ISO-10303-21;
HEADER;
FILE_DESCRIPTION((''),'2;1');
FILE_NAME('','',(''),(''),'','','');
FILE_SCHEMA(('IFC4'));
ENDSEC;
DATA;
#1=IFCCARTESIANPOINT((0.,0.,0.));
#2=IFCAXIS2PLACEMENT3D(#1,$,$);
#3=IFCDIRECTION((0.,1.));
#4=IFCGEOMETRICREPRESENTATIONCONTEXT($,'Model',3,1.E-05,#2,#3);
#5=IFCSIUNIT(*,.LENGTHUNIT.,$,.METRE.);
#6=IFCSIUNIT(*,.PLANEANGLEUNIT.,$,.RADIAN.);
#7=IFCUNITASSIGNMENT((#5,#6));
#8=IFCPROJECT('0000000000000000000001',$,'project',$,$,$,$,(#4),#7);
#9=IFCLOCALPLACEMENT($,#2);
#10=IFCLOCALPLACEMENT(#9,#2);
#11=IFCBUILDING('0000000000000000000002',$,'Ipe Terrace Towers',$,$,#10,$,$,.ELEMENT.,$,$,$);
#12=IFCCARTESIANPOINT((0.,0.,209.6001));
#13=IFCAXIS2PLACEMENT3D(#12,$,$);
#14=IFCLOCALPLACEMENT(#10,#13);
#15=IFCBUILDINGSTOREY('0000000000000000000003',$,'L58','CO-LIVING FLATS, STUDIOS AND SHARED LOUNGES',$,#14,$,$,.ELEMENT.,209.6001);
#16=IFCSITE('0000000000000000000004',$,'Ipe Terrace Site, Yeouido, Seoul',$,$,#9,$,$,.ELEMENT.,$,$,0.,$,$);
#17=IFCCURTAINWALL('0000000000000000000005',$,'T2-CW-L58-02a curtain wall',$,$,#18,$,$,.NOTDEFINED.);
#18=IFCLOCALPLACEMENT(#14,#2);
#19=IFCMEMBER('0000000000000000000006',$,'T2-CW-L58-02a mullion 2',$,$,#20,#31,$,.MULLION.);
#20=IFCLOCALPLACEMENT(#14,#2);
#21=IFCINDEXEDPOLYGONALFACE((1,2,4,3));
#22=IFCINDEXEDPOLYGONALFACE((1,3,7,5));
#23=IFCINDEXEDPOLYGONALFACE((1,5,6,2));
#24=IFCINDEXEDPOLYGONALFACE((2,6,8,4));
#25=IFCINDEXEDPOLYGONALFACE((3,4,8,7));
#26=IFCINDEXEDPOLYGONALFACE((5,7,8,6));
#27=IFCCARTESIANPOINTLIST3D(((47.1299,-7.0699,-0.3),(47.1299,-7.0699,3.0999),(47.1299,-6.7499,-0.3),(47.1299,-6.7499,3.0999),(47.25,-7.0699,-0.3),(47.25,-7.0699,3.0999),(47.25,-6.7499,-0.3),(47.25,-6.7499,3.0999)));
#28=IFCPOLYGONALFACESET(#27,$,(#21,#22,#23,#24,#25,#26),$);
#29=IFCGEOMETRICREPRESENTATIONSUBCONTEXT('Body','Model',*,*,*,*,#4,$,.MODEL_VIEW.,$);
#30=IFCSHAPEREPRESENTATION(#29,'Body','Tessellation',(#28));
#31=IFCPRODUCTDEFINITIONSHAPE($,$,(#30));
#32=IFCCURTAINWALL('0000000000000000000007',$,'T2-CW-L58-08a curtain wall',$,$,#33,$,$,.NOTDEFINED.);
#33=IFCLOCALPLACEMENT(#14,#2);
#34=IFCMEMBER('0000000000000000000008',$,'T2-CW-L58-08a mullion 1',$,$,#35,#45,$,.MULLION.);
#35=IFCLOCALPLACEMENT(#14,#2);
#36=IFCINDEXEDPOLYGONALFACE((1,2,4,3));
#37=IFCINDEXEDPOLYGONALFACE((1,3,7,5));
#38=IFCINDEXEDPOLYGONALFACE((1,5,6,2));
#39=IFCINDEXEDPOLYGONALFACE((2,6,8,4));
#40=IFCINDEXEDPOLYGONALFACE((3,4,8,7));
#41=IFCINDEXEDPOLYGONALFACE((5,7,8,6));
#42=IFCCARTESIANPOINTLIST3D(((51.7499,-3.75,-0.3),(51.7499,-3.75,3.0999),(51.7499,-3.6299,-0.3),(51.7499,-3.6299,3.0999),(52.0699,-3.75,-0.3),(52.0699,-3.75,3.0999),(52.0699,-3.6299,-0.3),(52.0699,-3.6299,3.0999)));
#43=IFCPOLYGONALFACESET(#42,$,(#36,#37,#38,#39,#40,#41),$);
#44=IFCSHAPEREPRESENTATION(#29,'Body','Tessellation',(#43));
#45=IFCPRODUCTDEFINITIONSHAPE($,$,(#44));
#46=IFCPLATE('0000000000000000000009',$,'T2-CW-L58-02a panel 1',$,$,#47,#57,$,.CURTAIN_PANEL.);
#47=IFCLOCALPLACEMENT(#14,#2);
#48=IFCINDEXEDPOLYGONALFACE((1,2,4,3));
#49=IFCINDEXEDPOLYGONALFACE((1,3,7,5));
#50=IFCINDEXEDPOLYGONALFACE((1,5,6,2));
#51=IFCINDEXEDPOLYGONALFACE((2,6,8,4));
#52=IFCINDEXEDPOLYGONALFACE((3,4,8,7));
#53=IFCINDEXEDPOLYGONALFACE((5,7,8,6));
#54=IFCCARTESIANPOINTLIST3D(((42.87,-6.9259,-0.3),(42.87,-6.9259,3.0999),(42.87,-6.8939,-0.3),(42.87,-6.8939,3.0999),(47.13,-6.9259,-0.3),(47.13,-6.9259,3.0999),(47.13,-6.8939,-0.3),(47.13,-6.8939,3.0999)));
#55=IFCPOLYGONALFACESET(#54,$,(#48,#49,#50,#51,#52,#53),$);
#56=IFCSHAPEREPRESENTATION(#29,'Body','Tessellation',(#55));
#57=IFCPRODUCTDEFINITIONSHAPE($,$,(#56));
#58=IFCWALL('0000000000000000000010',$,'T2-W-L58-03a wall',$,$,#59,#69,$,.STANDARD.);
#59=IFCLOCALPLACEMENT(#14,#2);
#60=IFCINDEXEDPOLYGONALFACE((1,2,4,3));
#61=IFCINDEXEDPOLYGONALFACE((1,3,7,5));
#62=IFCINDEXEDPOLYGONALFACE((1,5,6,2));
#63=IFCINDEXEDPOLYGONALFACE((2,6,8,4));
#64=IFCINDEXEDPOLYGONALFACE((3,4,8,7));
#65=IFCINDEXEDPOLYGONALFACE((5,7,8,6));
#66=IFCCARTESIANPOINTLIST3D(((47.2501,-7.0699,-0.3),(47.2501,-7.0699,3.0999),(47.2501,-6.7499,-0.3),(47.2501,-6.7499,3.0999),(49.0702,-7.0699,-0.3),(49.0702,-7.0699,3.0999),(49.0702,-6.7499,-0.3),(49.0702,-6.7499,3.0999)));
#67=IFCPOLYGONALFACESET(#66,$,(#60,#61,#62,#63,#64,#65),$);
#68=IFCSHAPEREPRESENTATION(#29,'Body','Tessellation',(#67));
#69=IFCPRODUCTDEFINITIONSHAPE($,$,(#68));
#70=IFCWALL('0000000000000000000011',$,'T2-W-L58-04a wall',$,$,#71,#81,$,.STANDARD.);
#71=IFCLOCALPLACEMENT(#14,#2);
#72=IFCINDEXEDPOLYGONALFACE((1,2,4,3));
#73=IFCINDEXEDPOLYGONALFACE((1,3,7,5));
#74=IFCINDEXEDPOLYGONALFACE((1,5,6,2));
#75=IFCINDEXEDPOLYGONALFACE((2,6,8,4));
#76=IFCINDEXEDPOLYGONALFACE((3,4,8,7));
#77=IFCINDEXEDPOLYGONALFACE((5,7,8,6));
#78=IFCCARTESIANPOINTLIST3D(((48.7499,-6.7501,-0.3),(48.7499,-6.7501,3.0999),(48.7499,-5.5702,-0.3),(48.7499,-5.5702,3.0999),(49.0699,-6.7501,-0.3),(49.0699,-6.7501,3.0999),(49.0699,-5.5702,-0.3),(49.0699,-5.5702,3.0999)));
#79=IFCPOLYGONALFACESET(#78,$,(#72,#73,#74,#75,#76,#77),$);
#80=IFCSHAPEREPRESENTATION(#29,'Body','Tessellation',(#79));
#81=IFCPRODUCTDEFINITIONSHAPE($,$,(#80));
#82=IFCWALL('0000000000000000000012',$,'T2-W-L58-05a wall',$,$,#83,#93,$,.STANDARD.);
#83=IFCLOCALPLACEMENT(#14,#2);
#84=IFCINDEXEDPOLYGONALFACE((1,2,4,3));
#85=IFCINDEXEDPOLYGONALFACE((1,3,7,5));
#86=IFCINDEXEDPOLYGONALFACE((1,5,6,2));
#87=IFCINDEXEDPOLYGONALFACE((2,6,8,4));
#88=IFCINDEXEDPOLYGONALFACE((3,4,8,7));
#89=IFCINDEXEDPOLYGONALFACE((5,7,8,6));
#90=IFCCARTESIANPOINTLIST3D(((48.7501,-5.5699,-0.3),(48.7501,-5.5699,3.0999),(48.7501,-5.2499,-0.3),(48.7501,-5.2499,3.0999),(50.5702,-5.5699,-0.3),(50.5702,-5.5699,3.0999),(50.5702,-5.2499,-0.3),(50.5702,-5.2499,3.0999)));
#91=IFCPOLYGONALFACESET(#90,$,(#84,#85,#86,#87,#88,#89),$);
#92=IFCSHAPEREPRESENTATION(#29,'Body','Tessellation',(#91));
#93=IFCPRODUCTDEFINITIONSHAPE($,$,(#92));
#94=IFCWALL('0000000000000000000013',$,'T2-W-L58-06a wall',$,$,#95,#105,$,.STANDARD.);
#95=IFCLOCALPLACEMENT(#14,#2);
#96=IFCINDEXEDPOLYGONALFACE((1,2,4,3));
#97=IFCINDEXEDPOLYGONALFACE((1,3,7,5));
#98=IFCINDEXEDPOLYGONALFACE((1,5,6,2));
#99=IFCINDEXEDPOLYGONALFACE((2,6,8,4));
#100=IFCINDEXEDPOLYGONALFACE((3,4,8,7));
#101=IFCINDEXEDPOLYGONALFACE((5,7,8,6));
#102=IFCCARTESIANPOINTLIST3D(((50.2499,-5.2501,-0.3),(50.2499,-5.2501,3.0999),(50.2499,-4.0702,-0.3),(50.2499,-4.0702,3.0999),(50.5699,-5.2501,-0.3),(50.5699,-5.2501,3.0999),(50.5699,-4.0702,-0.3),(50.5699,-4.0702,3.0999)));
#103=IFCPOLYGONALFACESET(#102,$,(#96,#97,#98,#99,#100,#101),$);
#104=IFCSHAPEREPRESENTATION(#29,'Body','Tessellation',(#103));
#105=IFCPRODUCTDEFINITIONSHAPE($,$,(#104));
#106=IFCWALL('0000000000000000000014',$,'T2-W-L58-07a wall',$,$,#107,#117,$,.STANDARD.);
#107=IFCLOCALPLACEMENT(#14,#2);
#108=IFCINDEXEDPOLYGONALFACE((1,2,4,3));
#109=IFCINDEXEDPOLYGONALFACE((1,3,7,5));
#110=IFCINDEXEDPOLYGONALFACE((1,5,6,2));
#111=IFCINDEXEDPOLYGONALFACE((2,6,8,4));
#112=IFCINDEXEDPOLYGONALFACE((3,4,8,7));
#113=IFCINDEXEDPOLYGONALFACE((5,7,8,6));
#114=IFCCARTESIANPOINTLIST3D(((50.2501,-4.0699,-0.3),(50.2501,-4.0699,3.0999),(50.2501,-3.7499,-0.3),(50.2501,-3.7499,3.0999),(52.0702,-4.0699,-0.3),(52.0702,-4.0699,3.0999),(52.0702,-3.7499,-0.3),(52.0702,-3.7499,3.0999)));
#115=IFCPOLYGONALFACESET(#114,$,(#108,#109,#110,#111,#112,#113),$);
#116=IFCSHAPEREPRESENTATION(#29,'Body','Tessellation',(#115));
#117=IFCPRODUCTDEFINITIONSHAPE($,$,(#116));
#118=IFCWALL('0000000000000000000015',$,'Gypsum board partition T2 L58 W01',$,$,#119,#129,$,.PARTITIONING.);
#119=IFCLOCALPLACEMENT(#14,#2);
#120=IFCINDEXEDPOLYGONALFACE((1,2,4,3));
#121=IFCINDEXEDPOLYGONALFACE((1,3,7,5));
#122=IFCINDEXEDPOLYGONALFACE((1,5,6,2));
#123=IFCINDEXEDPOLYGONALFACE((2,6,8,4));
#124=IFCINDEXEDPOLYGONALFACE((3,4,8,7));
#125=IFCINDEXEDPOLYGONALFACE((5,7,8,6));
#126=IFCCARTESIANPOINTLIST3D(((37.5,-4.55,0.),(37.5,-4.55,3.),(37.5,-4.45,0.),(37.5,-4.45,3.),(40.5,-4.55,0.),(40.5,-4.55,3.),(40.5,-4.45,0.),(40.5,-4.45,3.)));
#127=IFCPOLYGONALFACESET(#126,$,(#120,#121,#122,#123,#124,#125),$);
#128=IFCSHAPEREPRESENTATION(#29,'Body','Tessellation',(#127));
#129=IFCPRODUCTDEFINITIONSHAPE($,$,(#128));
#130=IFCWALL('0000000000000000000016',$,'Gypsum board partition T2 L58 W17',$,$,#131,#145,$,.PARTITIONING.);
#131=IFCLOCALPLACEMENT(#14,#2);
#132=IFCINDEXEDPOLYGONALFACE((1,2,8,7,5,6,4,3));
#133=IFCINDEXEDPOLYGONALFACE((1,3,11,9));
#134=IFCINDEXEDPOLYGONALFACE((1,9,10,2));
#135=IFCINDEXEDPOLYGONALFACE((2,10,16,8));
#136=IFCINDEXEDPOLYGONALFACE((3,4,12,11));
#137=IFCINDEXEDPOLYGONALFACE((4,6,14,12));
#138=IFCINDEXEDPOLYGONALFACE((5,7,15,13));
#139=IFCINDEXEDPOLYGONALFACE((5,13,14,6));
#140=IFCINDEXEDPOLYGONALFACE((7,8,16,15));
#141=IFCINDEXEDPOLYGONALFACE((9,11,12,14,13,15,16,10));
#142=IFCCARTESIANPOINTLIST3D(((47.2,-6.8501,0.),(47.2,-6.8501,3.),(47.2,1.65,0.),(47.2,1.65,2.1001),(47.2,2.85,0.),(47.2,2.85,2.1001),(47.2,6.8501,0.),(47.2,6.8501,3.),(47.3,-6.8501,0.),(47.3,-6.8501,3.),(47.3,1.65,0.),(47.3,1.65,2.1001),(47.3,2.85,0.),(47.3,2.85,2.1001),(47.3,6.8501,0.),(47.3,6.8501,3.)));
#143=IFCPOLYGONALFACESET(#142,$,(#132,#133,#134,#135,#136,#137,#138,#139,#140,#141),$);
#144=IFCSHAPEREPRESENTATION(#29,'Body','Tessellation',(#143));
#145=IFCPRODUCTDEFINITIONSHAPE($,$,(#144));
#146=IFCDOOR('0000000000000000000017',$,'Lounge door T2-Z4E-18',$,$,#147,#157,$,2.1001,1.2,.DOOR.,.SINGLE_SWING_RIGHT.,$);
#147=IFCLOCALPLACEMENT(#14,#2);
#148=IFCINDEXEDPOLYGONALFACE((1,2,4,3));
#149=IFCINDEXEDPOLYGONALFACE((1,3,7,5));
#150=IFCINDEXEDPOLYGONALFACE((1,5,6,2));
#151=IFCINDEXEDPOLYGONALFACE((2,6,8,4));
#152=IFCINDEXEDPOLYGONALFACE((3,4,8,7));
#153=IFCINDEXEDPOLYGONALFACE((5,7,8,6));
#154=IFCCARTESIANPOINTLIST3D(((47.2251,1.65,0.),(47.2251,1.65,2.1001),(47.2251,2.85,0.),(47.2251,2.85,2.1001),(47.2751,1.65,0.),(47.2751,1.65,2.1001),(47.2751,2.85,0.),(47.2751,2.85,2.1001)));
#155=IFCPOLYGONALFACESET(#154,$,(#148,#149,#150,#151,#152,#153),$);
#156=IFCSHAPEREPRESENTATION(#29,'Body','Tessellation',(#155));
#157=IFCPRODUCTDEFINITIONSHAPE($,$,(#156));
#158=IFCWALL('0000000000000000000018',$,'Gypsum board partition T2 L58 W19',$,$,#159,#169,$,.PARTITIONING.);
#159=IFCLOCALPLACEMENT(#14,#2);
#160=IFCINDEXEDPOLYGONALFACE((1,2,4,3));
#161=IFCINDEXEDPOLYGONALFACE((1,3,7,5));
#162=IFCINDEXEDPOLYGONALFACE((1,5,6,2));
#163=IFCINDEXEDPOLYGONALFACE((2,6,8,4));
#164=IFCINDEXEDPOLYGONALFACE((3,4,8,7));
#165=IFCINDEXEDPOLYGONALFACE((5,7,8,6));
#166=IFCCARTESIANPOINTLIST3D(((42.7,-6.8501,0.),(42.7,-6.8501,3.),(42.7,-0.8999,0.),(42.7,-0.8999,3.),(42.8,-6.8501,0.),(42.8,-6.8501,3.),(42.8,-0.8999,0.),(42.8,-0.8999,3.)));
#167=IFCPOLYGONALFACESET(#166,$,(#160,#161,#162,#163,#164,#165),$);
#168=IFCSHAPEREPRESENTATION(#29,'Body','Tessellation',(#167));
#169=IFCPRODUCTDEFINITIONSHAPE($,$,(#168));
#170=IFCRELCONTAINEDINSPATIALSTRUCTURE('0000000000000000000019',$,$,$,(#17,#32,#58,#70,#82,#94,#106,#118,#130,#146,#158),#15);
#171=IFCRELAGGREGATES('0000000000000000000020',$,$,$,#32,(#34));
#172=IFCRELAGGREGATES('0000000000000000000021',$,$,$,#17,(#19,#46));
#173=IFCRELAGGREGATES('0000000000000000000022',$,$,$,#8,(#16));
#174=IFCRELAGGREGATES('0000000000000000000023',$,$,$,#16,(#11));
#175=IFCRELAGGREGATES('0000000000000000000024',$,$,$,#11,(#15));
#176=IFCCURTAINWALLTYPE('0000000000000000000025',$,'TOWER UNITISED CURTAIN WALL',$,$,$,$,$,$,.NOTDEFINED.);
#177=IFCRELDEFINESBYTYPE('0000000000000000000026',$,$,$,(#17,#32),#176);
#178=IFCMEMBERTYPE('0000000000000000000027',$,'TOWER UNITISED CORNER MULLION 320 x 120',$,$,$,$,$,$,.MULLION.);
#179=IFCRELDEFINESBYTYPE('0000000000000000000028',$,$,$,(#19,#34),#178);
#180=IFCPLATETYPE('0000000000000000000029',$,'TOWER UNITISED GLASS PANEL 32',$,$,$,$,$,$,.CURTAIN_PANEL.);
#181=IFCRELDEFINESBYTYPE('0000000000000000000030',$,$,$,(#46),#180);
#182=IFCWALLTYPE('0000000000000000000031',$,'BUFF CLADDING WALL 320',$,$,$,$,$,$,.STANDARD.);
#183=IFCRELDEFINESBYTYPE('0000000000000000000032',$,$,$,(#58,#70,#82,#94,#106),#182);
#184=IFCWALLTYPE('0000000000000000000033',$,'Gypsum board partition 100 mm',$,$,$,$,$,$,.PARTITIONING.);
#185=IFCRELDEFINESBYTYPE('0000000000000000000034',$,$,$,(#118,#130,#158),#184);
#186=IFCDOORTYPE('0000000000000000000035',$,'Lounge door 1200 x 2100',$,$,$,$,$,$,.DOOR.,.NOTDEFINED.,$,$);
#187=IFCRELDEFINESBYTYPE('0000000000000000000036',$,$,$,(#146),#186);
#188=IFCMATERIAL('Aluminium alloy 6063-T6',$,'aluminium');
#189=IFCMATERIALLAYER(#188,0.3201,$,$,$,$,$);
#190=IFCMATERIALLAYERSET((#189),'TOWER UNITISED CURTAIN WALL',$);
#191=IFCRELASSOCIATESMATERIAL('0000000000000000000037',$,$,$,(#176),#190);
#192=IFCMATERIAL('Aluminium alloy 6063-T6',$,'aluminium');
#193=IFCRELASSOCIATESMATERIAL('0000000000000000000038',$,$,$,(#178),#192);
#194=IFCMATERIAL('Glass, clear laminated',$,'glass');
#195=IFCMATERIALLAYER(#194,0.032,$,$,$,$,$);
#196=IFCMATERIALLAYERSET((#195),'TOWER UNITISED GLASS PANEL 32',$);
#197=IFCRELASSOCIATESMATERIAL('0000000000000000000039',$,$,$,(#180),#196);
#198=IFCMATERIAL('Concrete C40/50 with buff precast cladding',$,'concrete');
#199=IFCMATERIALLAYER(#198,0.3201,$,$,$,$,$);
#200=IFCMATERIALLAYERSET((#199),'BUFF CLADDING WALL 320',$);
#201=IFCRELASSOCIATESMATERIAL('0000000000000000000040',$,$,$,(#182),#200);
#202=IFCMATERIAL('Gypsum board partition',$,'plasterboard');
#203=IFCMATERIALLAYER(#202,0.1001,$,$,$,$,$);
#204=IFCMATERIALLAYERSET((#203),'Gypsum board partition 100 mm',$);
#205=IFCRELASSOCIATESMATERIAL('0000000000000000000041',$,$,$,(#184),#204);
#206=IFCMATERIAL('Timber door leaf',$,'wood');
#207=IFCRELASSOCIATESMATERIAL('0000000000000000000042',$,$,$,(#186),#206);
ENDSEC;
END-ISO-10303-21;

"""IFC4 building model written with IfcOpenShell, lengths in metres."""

from ifc_helpers import new_model, si_unit, direction, frame, frame_2d, origin, origin_2d, place, context, subcontext, project, spatial, rectangle, extrude, material, layer, layer_set, material_profile, profile_set, type_object, element, fill, aggregate, save


model = new_model("IFC4")

# Units and contexts
model_context = context("Model", 3, precision=1e-05, world=origin(), true_north=direction((0.0, 1.0)))
body_context = subcontext(model_context, "Body", "Model", "MODEL_VIEW")
ifc_project = project(units=[si_unit("LENGTHUNIT", "METRE"), si_unit("PLANEANGLEUNIT", "RADIAN")], contexts=[model_context])

# Site, building, storey
site_placement = place(None, origin())
site = spatial("IfcSite", under=ifc_project, at=site_placement, Name="Ipe Terrace Site, Yeouido, Seoul", CompositionType="ELEMENT", RefElevation=0.0)
building_placement = place(site_placement, origin())
building = spatial("IfcBuilding", under=site, at=building_placement, Name="Ipe Terrace Towers", CompositionType="ELEMENT")
storey_placement = place(building_placement, frame((0.0, 0.0, 209.6001)))
storey = spatial("IfcBuildingStorey", under=building, at=storey_placement, Name="L58", Description="CO-LIVING FLATS, STUDIOS AND SHARED LOUNGES", CompositionType="ELEMENT", Elevation=209.6001)

# Curtain wall, member
ifc_material_1 = material(Name="Aluminium alloy 6063-T6", Category="aluminium")
ifc_layer_1 = layer(ifc_material_1, 0.3201)
ifc_layer_set_1 = layer_set([ifc_layer_1], Name="TOWER UNITISED CURTAIN WALL")
curtain_wall_type = type_object("IfcCurtainWallType", Name="TOWER UNITISED CURTAIN WALL", PredefinedType="NOTDEFINED", material=ifc_layer_set_1)
curtain_wall_1_placement = place(storey_placement, origin())
curtain_wall_1 = element("IfcCurtainWall", 1, at=curtain_wall_1_placement, inside=storey, type_object=curtain_wall_type, Name="T2-CW-L58-02a curtain wall", PredefinedType="NOTDEFINED")
ifc_material_2 = material(Name="Aluminium alloy 6063-T6", Category="aluminium")
ifc_material_profile_1 = material_profile(ifc_material_2, rectangle(XDim=0.3201, YDim=0.1201, at=origin_2d()), Name="TOWER UNITISED CORNER MULLION 320 x 120")
ifc_profile_set_1 = profile_set([ifc_material_profile_1], Name="Aluminium alloy 6063-T6")
member_type = type_object("IfcMemberType", Name="TOWER UNITISED CORNER MULLION 320 x 120", PredefinedType="MULLION", material=ifc_profile_set_1)
member_1_placement = place(storey_placement, frame((47.1899, -6.9099, -0.3), z_axis=(0.0, 0.0, 1.0), x_axis=(0.0, -1.0, 0.0)))
member_1 = element("IfcMember", 2, at=member_1_placement, type_object=member_type, Name="T2-CW-L58-02a mullion 2", PredefinedType="MULLION", context=body_context, shape_type="SweptSolid", body=[
    extrude(rectangle(XDim=0.3201, YDim=0.1201, at=origin_2d()), origin(), (0.0, 0.0, 1.0), 3.3999),
])

# Curtain wall, member
curtain_wall_2_placement = place(storey_placement, origin())
curtain_wall_2 = element("IfcCurtainWall", 3, at=curtain_wall_2_placement, inside=storey, type_object=curtain_wall_type, Name="T2-CW-L58-08a curtain wall", PredefinedType="NOTDEFINED")
member_2_placement = place(storey_placement, frame((51.9099, -3.6899, -0.3), z_axis=(0.0, 0.0, 1.0), x_axis=(1.0, 0.0, 0.0)))
member_2 = element("IfcMember", 4, at=member_2_placement, type_object=member_type, Name="T2-CW-L58-08a mullion 1", PredefinedType="MULLION", context=body_context, shape_type="SweptSolid", body=[
    extrude(rectangle(XDim=0.3201, YDim=0.1201, at=origin_2d()), origin(), (0.0, 0.0, 1.0), 3.3999),
])
aggregate(curtain_wall_2, [member_2])

# Plate
ifc_material_3 = material(Name="Glass, clear laminated", Category="glass")
ifc_layer_2 = layer(ifc_material_3, 0.032)
ifc_layer_set_2 = layer_set([ifc_layer_2], Name="TOWER UNITISED GLASS PANEL 32")
plate_type = type_object("IfcPlateType", Name="TOWER UNITISED GLASS PANEL 32", PredefinedType="CURTAIN_PANEL", material=ifc_layer_set_2)
plate_placement = place(storey_placement, frame((45.0, -6.9099, -0.3), z_axis=(0.0, 0.0, 1.0), x_axis=(1.0, 0.0, 0.0)))
plate = element("IfcPlate", 5, at=plate_placement, type_object=plate_type, Name="T2-CW-L58-02a panel 1", PredefinedType="CURTAIN_PANEL", context=body_context, shape_type="SweptSolid", body=[
    extrude(rectangle(XDim=4.26, YDim=0.032, at=origin_2d()), origin(), (0.0, 0.0, 1.0), 3.3999),
])
aggregate(curtain_wall_1, [member_1, plate])

# Walls
ifc_material_4 = material(Name="Concrete C40/50 with buff precast cladding", Category="concrete")
ifc_layer_3 = layer(ifc_material_4, 0.3201)
ifc_layer_set_3 = layer_set([ifc_layer_3], Name="BUFF CLADDING WALL 320")
wall_type_1 = type_object("IfcWallType", Name="BUFF CLADDING WALL 320", PredefinedType="STANDARD", material=ifc_layer_set_3)
wall_1_placement = place(storey_placement, frame((47.25, -6.9099, -0.3), z_axis=(0.0, 0.0, 1.0), x_axis=(1.0, 0.0, 0.0)))
element("IfcWall", 6, at=wall_1_placement, inside=storey, type_object=wall_type_1, Name="T2-W-L58-03a wall", PredefinedType="STANDARD", context=body_context, shape_type="SweptSolid", body=[
    extrude(rectangle(XDim=1.8201, YDim=0.3201, at=frame_2d((0.9102, 0.0))), origin(), (0.0, 0.0, 1.0), 3.3999),
])
wall_2_placement = place(storey_placement, frame((48.9099, -6.75, -0.3), z_axis=(0.0, 0.0, 1.0), x_axis=(0.0, 1.0, 0.0)))
element("IfcWall", 7, at=wall_2_placement, inside=storey, type_object=wall_type_1, Name="T2-W-L58-04a wall", PredefinedType="STANDARD", context=body_context, shape_type="SweptSolid", body=[
    extrude(rectangle(XDim=1.1799, YDim=0.3201, at=frame_2d((0.5898, 0.0))), origin(), (0.0, 0.0, 1.0), 3.3999),
])
wall_3_placement = place(storey_placement, frame((48.75, -5.4099, -0.3), z_axis=(0.0, 0.0, 1.0), x_axis=(1.0, 0.0, 0.0)))
element("IfcWall", 8, at=wall_3_placement, inside=storey, type_object=wall_type_1, Name="T2-W-L58-05a wall", PredefinedType="STANDARD", context=body_context, shape_type="SweptSolid", body=[
    extrude(rectangle(XDim=1.8201, YDim=0.3201, at=frame_2d((0.9102, 0.0))), origin(), (0.0, 0.0, 1.0), 3.3999),
])
wall_4_placement = place(storey_placement, frame((50.4099, -5.25, -0.3), z_axis=(0.0, 0.0, 1.0), x_axis=(0.0, 1.0, 0.0)))
element("IfcWall", 9, at=wall_4_placement, inside=storey, type_object=wall_type_1, Name="T2-W-L58-06a wall", PredefinedType="STANDARD", context=body_context, shape_type="SweptSolid", body=[
    extrude(rectangle(XDim=1.1799, YDim=0.3201, at=frame_2d((0.5898, 0.0))), origin(), (0.0, 0.0, 1.0), 3.3999),
])
wall_5_placement = place(storey_placement, frame((50.25, -3.9099, -0.3), z_axis=(0.0, 0.0, 1.0), x_axis=(1.0, 0.0, 0.0)))
element("IfcWall", 10, at=wall_5_placement, inside=storey, type_object=wall_type_1, Name="T2-W-L58-07a wall", PredefinedType="STANDARD", context=body_context, shape_type="SweptSolid", body=[
    extrude(rectangle(XDim=1.8201, YDim=0.3201, at=frame_2d((0.9102, 0.0))), origin(), (0.0, 0.0, 1.0), 3.3999),
])
ifc_material_5 = material(Name="Gypsum board partition", Category="plasterboard")
ifc_layer_4 = layer(ifc_material_5, 0.1001)
ifc_layer_set_4 = layer_set([ifc_layer_4], Name="Gypsum board partition 100 mm")
wall_type_2 = type_object("IfcWallType", Name="Gypsum board partition 100 mm", PredefinedType="PARTITIONING", material=ifc_layer_set_4)
wall_6_placement = place(storey_placement, frame((40.5, -4.5, 0.0), z_axis=(0.0, 0.0, 1.0), x_axis=(-1.0, 0.0, 0.0)))
element("IfcWall", 11, at=wall_6_placement, inside=storey, type_object=wall_type_2, Name="Gypsum board partition T2 L58 W01", PredefinedType="PARTITIONING", context=body_context, shape_type="SweptSolid", body=[
    extrude(rectangle(XDim=3.0, YDim=0.1001, at=frame_2d((1.5, 0.0))), origin(), (0.0, 0.0, 1.0), 3.0),
])

# Wall, opening, door
wall_7_placement = place(storey_placement, frame((47.25, -6.8501, 0.0), z_axis=(0.0, 0.0, 1.0), x_axis=(0.0, 1.0, 0.0)))
wall_7 = element("IfcWall", 12, at=wall_7_placement, inside=storey, type_object=wall_type_2, Name="Gypsum board partition T2 L58 W17", PredefinedType="PARTITIONING", context=body_context, shape_type="SweptSolid", body=[
    extrude(rectangle(XDim=13.7002, YDim=0.1001, at=frame_2d((6.8501, 0.0))), origin(), (0.0, 0.0, 1.0), 3.0),
])
opening_1_placement = place(wall_7_placement, frame((8.5, 0.0, 0.0)))
opening_1 = element("IfcOpeningElement", 13, at=opening_1_placement, cuts=wall_7, PredefinedType="OPENING", context=body_context, shape_type="SweptSolid", body=[
    extrude(rectangle(XDim=1.2, YDim=2.1001, at=frame_2d((0.6001, 1.05))), frame((0.0, 0.0601, 0.0), z_axis=(0.0, -1.0, 0.0), x_axis=(1.0, 0.0, 0.0)), (0.0, 0.0, 1.0), 0.1201),
])
ifc_material_6 = material(Name="Timber door leaf", Category="wood")
door_type_1 = type_object("IfcDoorType", Name="Lounge door 1200 x 2100", OperationType="NOTDEFINED", PredefinedType="DOOR", material=ifc_material_6)
door_1_placement = place(opening_1_placement, origin())
door_1 = element("IfcDoor", 14, at=door_1_placement, inside=storey, type_object=door_type_1, Name="Lounge door T2-Z4E-18", OperationType="SINGLE_SWING_RIGHT", OverallHeight=2.1001, OverallWidth=1.2, PredefinedType="DOOR", context=body_context, shape_type="SweptSolid", body=[
    extrude(rectangle(XDim=1.2, YDim=2.1001, at=frame_2d((0.6001, 1.05))), frame((0.0, 0.0249, 0.0), z_axis=(0.0, -1.0, 0.0), x_axis=(1.0, 0.0, 0.0)), (0.0, 0.0, 1.0), 0.05),
])
fill(opening_1, door_1)

# Wall
wall_8_placement = place(storey_placement, frame((42.75, -6.8501, 0.0), z_axis=(0.0, 0.0, 1.0), x_axis=(0.0, 1.0, 0.0)))
element("IfcWall", 15, at=wall_8_placement, inside=storey, type_object=wall_type_2, Name="Gypsum board partition T2 L58 W19", PredefinedType="PARTITIONING", context=body_context, shape_type="SweptSolid", body=[
    extrude(rectangle(XDim=5.9502, YDim=0.1001, at=frame_2d((2.9751, 0.0))), origin(), (0.0, 0.0, 1.0), 3.0),
])

save(model, "model.ifc")
